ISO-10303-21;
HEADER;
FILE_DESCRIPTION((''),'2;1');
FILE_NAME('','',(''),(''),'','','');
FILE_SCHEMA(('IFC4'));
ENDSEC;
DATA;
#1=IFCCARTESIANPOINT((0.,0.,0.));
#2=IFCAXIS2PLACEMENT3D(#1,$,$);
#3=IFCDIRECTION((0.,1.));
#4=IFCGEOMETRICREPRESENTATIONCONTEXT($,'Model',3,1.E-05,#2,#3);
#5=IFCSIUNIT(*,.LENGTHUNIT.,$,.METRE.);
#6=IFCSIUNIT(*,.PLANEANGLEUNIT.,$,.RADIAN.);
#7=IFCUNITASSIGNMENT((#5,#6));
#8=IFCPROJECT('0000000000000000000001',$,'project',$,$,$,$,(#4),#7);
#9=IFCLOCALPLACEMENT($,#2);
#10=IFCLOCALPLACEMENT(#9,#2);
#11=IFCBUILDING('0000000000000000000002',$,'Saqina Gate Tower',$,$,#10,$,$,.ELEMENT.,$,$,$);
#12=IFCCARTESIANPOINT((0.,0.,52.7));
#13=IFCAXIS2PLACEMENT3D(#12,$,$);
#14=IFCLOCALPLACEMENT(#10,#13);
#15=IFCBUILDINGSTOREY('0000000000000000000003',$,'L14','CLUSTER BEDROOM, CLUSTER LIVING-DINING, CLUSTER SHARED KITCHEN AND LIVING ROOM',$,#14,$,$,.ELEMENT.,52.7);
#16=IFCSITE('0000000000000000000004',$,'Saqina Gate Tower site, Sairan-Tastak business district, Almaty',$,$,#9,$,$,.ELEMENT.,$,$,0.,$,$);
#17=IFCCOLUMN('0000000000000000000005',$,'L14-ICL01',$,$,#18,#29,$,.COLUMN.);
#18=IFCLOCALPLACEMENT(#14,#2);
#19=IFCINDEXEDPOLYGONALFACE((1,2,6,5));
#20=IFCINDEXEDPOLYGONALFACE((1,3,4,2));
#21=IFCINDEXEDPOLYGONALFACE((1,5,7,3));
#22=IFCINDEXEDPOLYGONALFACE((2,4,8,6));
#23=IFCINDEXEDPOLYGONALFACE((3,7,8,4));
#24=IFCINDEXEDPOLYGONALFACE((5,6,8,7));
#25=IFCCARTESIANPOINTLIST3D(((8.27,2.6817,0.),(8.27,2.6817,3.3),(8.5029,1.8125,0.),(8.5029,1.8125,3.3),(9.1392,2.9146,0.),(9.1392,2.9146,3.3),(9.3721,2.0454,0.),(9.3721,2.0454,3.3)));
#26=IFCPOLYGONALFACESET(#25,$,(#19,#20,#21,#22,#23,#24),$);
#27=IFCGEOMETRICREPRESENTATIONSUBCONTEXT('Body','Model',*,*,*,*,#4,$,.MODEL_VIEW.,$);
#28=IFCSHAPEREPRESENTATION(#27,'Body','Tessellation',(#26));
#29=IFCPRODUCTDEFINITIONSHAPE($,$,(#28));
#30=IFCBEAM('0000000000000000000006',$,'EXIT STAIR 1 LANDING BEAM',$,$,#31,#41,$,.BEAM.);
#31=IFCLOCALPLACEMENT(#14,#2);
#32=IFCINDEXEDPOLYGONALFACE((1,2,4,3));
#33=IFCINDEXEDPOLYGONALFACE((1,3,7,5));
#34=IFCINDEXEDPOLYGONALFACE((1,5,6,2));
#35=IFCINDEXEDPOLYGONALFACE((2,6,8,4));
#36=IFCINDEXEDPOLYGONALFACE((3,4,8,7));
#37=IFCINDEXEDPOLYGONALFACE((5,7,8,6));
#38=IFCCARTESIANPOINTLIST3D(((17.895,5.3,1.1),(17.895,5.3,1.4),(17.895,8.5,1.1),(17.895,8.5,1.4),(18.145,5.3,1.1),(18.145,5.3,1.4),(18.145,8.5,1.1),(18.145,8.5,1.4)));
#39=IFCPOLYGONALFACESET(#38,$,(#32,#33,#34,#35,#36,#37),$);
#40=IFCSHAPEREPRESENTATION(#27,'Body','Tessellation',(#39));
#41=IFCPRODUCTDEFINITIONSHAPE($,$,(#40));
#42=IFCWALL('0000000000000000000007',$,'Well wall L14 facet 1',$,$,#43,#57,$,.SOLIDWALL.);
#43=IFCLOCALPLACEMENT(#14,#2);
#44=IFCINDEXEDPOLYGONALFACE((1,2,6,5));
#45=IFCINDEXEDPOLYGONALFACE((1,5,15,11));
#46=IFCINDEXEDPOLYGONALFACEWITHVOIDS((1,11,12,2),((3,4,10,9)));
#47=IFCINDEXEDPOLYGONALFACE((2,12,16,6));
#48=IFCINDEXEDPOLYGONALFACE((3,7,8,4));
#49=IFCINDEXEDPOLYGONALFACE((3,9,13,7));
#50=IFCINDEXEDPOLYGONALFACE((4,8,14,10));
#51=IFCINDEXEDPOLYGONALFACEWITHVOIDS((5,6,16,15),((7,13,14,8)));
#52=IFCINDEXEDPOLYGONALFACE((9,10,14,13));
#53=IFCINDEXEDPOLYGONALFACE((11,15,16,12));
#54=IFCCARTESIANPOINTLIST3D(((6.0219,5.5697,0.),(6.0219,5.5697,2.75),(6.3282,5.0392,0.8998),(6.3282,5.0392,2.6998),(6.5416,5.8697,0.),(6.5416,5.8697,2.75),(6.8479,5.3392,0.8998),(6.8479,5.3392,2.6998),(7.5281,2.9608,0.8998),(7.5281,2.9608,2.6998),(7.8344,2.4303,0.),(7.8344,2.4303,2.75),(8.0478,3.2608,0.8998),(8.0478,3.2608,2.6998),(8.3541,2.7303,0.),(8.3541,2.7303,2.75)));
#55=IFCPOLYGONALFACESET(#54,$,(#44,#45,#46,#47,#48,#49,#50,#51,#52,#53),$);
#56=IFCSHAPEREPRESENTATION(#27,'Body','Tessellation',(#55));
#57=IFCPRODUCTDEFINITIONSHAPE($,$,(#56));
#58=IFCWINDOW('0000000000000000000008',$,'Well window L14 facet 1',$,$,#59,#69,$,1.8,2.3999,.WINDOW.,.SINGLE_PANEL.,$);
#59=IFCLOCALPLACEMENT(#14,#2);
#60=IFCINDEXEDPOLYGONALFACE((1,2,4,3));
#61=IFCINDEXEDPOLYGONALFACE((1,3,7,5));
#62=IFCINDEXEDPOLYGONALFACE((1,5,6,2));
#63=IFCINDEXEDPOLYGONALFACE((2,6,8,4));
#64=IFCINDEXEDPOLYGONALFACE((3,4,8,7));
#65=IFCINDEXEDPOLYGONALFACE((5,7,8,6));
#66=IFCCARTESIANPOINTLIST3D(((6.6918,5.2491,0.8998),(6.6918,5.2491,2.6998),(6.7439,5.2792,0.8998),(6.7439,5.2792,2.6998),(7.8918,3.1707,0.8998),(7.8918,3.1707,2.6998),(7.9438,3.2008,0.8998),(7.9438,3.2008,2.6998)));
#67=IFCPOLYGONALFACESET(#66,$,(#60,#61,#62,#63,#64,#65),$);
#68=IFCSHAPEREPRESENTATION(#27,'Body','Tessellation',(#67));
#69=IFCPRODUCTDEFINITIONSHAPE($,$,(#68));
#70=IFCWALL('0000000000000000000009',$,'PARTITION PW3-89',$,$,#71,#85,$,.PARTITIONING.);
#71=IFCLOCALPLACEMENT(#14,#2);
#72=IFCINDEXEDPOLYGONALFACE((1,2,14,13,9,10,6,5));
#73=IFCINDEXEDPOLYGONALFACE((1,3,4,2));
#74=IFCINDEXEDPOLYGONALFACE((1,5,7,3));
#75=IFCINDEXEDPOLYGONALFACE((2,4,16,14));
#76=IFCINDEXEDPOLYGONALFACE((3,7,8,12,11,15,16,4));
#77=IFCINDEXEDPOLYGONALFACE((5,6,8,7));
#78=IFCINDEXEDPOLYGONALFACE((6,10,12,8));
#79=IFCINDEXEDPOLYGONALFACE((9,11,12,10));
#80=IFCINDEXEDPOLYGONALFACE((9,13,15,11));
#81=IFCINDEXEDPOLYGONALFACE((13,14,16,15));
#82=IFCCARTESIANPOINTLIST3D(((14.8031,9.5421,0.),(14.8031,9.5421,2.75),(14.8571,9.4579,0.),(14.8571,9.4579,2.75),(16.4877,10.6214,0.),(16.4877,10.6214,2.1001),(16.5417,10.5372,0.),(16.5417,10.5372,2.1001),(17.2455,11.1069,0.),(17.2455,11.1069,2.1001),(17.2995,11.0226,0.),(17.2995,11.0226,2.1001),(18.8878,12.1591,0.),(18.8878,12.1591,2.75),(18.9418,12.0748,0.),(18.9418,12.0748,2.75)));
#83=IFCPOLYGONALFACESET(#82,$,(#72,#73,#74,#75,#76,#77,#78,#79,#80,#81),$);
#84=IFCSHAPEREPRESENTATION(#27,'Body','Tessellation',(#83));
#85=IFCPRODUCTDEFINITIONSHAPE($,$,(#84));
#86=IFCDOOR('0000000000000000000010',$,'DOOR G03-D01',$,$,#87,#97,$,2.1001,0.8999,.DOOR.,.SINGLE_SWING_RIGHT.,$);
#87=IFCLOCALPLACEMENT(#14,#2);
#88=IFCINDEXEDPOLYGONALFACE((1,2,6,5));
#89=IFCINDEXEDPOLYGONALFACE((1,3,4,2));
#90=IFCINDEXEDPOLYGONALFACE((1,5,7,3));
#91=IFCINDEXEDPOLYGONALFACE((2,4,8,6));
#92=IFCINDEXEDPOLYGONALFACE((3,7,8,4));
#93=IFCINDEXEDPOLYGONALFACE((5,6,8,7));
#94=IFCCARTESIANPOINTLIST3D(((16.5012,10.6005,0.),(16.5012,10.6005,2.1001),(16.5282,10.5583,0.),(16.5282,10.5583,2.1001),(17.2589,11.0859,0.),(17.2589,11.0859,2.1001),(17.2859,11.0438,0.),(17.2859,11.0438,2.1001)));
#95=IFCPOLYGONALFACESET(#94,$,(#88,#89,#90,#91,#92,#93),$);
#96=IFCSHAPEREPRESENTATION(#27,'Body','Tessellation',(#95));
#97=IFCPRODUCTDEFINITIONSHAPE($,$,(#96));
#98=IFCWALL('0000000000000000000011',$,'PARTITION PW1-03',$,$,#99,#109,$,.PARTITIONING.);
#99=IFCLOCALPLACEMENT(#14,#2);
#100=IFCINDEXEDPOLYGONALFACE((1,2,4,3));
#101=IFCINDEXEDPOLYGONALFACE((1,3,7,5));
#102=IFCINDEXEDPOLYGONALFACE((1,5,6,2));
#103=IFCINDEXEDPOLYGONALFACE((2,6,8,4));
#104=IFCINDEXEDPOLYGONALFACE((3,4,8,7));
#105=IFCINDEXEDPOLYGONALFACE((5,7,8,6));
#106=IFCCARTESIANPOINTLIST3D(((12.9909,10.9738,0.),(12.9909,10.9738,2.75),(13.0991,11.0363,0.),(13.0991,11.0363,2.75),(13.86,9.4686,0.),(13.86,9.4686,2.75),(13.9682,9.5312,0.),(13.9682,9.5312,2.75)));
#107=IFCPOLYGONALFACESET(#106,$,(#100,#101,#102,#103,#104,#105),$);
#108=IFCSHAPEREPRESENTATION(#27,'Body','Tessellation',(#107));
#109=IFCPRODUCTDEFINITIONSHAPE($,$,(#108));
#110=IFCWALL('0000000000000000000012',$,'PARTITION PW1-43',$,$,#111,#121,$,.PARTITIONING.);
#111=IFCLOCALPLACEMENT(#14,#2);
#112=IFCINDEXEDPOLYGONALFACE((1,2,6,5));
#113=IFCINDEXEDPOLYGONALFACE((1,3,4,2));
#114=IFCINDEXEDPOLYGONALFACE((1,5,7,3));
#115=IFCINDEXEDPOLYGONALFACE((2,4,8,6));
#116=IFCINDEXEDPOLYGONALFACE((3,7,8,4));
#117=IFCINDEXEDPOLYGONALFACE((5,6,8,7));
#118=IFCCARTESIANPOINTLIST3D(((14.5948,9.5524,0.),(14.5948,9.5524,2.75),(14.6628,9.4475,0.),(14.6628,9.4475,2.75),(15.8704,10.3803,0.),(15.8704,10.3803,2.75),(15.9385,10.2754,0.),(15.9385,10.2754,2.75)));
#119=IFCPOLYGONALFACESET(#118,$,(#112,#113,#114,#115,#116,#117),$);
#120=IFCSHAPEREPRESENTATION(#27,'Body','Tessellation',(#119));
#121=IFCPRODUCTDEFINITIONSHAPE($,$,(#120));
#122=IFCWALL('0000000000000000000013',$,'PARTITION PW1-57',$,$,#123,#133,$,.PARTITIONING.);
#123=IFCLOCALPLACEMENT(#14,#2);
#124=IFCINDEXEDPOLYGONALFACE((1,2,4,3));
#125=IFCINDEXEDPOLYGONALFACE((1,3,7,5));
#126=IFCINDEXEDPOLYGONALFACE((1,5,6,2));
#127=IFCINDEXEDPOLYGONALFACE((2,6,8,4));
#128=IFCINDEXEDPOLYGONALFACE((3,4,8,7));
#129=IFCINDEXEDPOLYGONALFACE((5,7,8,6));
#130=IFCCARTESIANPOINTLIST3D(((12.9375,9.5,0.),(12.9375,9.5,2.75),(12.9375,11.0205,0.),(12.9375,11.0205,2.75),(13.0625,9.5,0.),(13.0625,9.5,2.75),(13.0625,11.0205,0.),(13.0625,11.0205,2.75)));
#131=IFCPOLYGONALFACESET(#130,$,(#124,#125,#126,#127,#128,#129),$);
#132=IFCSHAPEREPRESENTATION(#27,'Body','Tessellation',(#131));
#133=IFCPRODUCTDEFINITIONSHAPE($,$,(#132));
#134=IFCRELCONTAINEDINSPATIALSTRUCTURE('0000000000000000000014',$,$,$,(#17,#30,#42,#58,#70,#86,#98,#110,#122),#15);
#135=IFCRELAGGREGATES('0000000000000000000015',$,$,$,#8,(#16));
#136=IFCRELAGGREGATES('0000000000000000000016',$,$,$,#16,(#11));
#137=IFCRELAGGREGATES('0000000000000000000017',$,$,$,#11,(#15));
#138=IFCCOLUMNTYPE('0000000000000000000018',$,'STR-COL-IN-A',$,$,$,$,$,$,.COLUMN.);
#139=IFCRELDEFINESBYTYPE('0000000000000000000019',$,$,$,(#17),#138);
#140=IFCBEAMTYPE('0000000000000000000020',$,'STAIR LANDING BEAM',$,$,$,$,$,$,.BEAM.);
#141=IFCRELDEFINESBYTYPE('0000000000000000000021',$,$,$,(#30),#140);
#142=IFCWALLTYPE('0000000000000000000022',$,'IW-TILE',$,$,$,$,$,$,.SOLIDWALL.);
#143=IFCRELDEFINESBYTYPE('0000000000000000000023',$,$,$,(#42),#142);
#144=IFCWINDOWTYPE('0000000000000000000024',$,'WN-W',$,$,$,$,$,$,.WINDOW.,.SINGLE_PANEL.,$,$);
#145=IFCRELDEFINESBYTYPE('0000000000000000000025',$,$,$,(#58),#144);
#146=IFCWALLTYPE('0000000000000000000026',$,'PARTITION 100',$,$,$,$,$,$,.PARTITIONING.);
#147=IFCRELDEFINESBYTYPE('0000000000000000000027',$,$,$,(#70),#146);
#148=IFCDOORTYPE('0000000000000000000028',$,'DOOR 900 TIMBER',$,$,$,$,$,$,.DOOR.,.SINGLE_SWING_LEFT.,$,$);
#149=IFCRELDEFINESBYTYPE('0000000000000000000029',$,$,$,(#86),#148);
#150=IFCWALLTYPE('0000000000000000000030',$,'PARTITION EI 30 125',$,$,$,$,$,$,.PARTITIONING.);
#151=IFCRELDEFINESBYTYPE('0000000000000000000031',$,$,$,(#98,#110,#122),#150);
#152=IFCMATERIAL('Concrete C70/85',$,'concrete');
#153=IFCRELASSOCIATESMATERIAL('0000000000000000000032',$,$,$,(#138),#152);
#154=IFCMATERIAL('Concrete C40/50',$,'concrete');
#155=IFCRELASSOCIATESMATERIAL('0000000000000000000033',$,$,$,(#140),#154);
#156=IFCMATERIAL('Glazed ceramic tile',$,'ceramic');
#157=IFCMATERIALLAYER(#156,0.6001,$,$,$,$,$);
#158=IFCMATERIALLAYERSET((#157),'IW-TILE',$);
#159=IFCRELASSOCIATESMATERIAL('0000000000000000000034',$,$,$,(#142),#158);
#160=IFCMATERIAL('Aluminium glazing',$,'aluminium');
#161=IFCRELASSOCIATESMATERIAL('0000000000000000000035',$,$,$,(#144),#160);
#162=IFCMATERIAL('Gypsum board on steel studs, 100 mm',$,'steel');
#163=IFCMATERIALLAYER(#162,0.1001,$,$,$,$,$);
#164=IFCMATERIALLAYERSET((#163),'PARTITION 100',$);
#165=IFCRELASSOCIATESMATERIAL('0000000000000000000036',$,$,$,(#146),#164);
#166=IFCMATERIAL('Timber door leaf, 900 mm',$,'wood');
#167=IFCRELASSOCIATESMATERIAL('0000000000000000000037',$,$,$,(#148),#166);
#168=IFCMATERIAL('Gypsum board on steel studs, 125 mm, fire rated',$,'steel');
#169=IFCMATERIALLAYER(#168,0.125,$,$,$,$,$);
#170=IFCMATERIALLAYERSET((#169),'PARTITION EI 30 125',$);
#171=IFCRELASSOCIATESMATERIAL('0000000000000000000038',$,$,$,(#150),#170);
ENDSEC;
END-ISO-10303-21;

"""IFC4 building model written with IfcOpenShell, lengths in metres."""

from ifc_helpers import new_model, si_unit, direction, frame, frame_2d, origin, origin_2d, place, context, subcontext, project, spatial, rectangle, extrude, material, layer, layer_set, material_profile, profile_set, type_object, element, fill, save


model = new_model("IFC4")

# Units and contexts
model_context = context("Model", 3, precision=1e-05, world=origin(), true_north=direction((0.0, 1.0)))
body_context = subcontext(model_context, "Body", "Model", "MODEL_VIEW")
ifc_project = project(units=[si_unit("LENGTHUNIT", "METRE"), si_unit("PLANEANGLEUNIT", "RADIAN")], contexts=[model_context])

# Site, building, storey
site_placement = place(None, origin())
site = spatial("IfcSite", under=ifc_project, at=site_placement, Name="Saqina Gate Tower site, Sairan-Tastak business district, Almaty", CompositionType="ELEMENT", RefElevation=0.0)
building_placement = place(site_placement, origin())
building = spatial("IfcBuilding", under=site, at=building_placement, Name="Saqina Gate Tower", CompositionType="ELEMENT")
storey_placement = place(building_placement, frame((0.0, 0.0, 52.7)))
storey = spatial("IfcBuildingStorey", under=building, at=storey_placement, Name="L14", Description="CLUSTER BEDROOM, CLUSTER LIVING-DINING, CLUSTER SHARED KITCHEN AND LIVING ROOM", CompositionType="ELEMENT", Elevation=52.7)

# Column
ifc_material_1 = material(Name="Concrete C70/85", Category="concrete")
ifc_material_profile_1 = material_profile(ifc_material_1, rectangle(XDim=0.8999, YDim=0.8999, at=origin_2d()), Name="RC 900x900")
ifc_profile_set_1 = profile_set([ifc_material_profile_1], Name="Concrete C70/85")
column_type = type_object("IfcColumnType", Name="STR-COL-IN-A", PredefinedType="COLUMN", material=ifc_profile_set_1)
column_placement = place(storey_placement, frame((8.821, 2.3635, 0.0), z_axis=(0.0, 0.0, 1.0), x_axis=(0.965926, 0.258819, 0.0)))
element("IfcColumn", 1, at=column_placement, inside=storey, type_object=column_type, Name="L14-ICL01", PredefinedType="COLUMN", context=body_context, shape_type="SweptSolid", body=[
    extrude(rectangle(XDim=0.8999, YDim=0.8999, at=origin_2d()), origin(), (0.0, 0.0, 1.0), 3.3),
])

# Beam
ifc_material_2 = material(Name="Concrete C40/50", Category="concrete")
ifc_material_profile_2 = material_profile(ifc_material_2, rectangle(XDim=0.25, YDim=0.3, at=origin_2d()), Name="STAIR LANDING BEAM")
ifc_profile_set_2 = profile_set([ifc_material_profile_2], Name="Concrete C40/50")
beam_type = type_object("IfcBeamType", Name="STAIR LANDING BEAM", PredefinedType="BEAM", material=ifc_profile_set_2)
beam_placement = place(storey_placement, frame((18.02, 5.3, 1.25), z_axis=(0.0, 1.0, 0.0), x_axis=(-1.0, 0.0, 0.0)))
element("IfcBeam", 2, at=beam_placement, inside=storey, type_object=beam_type, Name="EXIT STAIR 1 LANDING BEAM", PredefinedType="BEAM", context=body_context, shape_type="SweptSolid", body=[
    extrude(rectangle(XDim=0.25, YDim=0.3, at=origin_2d()), origin(), (0.0, 0.0, 1.0), 3.2),
])

# Wall, opening, window
ifc_material_3 = material(Name="Glazed ceramic tile", Category="ceramic")
ifc_layer_1 = layer(ifc_material_3, 0.6001)
ifc_layer_set_1 = layer_set([ifc_layer_1], Name="IW-TILE")
wall_type_1 = type_object("IfcWallType", Name="IW-TILE", PredefinedType="SOLIDWALL", material=ifc_layer_set_1)
wall_1_placement = place(storey_placement, frame((8.0942, 2.5803, 0.0), z_axis=(0.0, 0.0, 1.0), x_axis=(-0.499993, 0.86603, 0.0)))
wall_1 = element("IfcWall", 3, at=wall_1_placement, inside=storey, type_object=wall_type_1, Name="Well wall L14 facet 1", PredefinedType="SOLIDWALL", context=body_context, shape_type="SweptSolid", body=[
    extrude(rectangle(XDim=3.625, YDim=0.6001, at=frame_2d((1.8125, 0.0))), origin(), (0.0, 0.0, 1.0), 2.75),
])
opening_1_placement = place(wall_1_placement, frame((0.6125, 0.0, 0.8999)))
opening_1 = element("IfcOpeningElement", 4, at=opening_1_placement, cuts=wall_1, PredefinedType="OPENING", context=body_context, shape_type="SweptSolid", body=[
    extrude(rectangle(XDim=2.3999, YDim=1.8, at=frame_2d((1.2, 0.8999))), frame((0.0, 0.312, 0.0), z_axis=(0.0, -1.0, 0.0), x_axis=(1.0, 0.0, 0.0)), (0.0, 0.0, 1.0), 0.624),
])
ifc_material_4 = material(Name="Aluminium glazing", Category="aluminium")
window_type = type_object("IfcWindowType", Name="WN-W", PartitioningType="SINGLE_PANEL", PredefinedType="WINDOW", material=ifc_material_4)
window_placement = place(opening_1_placement, origin())
window = element("IfcWindow", 5, at=window_placement, inside=storey, type_object=window_type, Name="Well window L14 facet 1", OverallHeight=1.8, OverallWidth=2.3999, PartitioningType="SINGLE_PANEL", PredefinedType="WINDOW", context=body_context, shape_type="SweptSolid", body=[
    extrude(rectangle(XDim=2.3999, YDim=1.8, at=frame_2d((1.2, 0.8999))), frame((0.0, -0.1199, 0.0), z_axis=(0.0, -1.0, 0.0), x_axis=(1.0, 0.0, 0.0)), (0.0, 0.0, 1.0), 0.0601),
])
fill(opening_1, window)

# Wall, opening, door
ifc_material_5 = material(Name="Gypsum board on steel studs, 100 mm", Category="steel")
ifc_layer_2 = layer(ifc_material_5, 0.1001)
ifc_layer_set_2 = layer_set([ifc_layer_2], Name="PARTITION 100")
wall_type_2 = type_object("IfcWallType", Name="PARTITION 100", PredefinedType="PARTITIONING", material=ifc_layer_set_2)
wall_2_placement = place(storey_placement, frame((14.8301, 9.5, 0.0), z_axis=(0.0, 0.0, 1.0), x_axis=(0.842016, 0.539452, 0.0)))
wall_2 = element("IfcWall", 6, at=wall_2_placement, inside=storey, type_object=wall_type_2, Name="PARTITION PW3-89", PredefinedType="PARTITIONING", context=body_context, shape_type="SweptSolid", body=[
    extrude(rectangle(XDim=4.8511, YDim=0.1001, at=frame_2d((2.4255, 0.0))), origin(), (0.0, 0.0, 1.0), 2.75),
])
opening_2_placement = place(wall_2_placement, frame((2.0007, 0.0, 0.0)))
opening_2 = element("IfcOpeningElement", 7, at=opening_2_placement, cuts=wall_2, PredefinedType="OPENING", context=body_context, shape_type="SweptSolid", body=[
    extrude(rectangle(XDim=0.8999, YDim=2.1001, at=frame_2d((0.45, 1.05))), frame((0.0, 0.062, 0.0), z_axis=(0.0, -1.0, 0.0), x_axis=(1.0, 0.0, 0.0)), (0.0, 0.0, 1.0), 0.124),
])
ifc_material_6 = material(Name="Timber door leaf, 900 mm", Category="wood")
door_type_1 = type_object("IfcDoorType", Name="DOOR 900 TIMBER", OperationType="SINGLE_SWING_LEFT", PredefinedType="DOOR", material=ifc_material_6)
door_1_placement = place(opening_2_placement, frame((0.8999, 0.0, 0.0), z_axis=(0.0, 0.0, 1.0), x_axis=(-1.0, 0.0, 0.0)))
door_1 = element("IfcDoor", 8, at=door_1_placement, inside=storey, type_object=door_type_1, Name="DOOR G03-D01", OperationType="SINGLE_SWING_RIGHT", OverallHeight=2.1001, OverallWidth=0.8999, PredefinedType="DOOR", context=body_context, shape_type="SweptSolid", body=[
    extrude(rectangle(XDim=0.8999, YDim=2.1001, at=frame_2d((0.45, 1.05))), frame((0.0, 0.0249, 0.0), z_axis=(0.0, -1.0, 0.0), x_axis=(1.0, 0.0, 0.0)), (0.0, 0.0, 1.0), 0.05),
])
fill(opening_2, door_1)

# Walls
ifc_material_7 = material(Name="Gypsum board on steel studs, 125 mm, fire rated", Category="steel")
ifc_layer_3 = layer(ifc_material_7, 0.125)
ifc_layer_set_3 = layer_set([ifc_layer_3], Name="PARTITION EI 30 125")
wall_type_3 = type_object("IfcWallType", Name="PARTITION EI 30 125", PredefinedType="PARTITIONING", material=ifc_layer_set_3)
wall_3_placement = place(storey_placement, frame((13.0449, 11.0051, 0.0), z_axis=(0.0, 0.0, 1.0), x_axis=(0.500067, -0.865987, 0.0)))
element("IfcWall", 9, at=wall_3_placement, inside=storey, type_object=wall_type_3, Name="PARTITION PW1-03", PredefinedType="PARTITIONING", context=body_context, shape_type="SweptSolid", body=[
    extrude(rectangle(XDim=1.738, YDim=0.125, at=frame_2d((0.8691, 0.0))), origin(), (0.0, 0.0, 1.0), 2.75),
])
wall_4_placement = place(storey_placement, frame((14.6289, 9.5, 0.0), z_axis=(0.0, 0.0, 1.0), x_axis=(0.838829, 0.544396, 0.0)))
element("IfcWall", 10, at=wall_4_placement, inside=storey, type_object=wall_type_3, Name="PARTITION PW1-43", PredefinedType="PARTITIONING", context=body_context, shape_type="SweptSolid", body=[
    extrude(rectangle(XDim=1.5208, YDim=0.125, at=frame_2d((0.7603, 0.0))), origin(), (0.0, 0.0, 1.0), 2.75),
])
wall_5_placement = place(storey_placement, frame((13.0, 9.5, 0.0), z_axis=(0.0, 0.0, 1.0), x_axis=(0.0, 1.0, 0.0)))
element("IfcWall", 11, at=wall_5_placement, inside=storey, type_object=wall_type_3, Name="PARTITION PW1-57", PredefinedType="PARTITIONING", context=body_context, shape_type="SweptSolid", body=[
    extrude(rectangle(XDim=1.5205, YDim=0.125, at=frame_2d((0.7603, 0.0))), origin(), (0.0, 0.0, 1.0), 2.75),
])

save(model, "model.ifc")
